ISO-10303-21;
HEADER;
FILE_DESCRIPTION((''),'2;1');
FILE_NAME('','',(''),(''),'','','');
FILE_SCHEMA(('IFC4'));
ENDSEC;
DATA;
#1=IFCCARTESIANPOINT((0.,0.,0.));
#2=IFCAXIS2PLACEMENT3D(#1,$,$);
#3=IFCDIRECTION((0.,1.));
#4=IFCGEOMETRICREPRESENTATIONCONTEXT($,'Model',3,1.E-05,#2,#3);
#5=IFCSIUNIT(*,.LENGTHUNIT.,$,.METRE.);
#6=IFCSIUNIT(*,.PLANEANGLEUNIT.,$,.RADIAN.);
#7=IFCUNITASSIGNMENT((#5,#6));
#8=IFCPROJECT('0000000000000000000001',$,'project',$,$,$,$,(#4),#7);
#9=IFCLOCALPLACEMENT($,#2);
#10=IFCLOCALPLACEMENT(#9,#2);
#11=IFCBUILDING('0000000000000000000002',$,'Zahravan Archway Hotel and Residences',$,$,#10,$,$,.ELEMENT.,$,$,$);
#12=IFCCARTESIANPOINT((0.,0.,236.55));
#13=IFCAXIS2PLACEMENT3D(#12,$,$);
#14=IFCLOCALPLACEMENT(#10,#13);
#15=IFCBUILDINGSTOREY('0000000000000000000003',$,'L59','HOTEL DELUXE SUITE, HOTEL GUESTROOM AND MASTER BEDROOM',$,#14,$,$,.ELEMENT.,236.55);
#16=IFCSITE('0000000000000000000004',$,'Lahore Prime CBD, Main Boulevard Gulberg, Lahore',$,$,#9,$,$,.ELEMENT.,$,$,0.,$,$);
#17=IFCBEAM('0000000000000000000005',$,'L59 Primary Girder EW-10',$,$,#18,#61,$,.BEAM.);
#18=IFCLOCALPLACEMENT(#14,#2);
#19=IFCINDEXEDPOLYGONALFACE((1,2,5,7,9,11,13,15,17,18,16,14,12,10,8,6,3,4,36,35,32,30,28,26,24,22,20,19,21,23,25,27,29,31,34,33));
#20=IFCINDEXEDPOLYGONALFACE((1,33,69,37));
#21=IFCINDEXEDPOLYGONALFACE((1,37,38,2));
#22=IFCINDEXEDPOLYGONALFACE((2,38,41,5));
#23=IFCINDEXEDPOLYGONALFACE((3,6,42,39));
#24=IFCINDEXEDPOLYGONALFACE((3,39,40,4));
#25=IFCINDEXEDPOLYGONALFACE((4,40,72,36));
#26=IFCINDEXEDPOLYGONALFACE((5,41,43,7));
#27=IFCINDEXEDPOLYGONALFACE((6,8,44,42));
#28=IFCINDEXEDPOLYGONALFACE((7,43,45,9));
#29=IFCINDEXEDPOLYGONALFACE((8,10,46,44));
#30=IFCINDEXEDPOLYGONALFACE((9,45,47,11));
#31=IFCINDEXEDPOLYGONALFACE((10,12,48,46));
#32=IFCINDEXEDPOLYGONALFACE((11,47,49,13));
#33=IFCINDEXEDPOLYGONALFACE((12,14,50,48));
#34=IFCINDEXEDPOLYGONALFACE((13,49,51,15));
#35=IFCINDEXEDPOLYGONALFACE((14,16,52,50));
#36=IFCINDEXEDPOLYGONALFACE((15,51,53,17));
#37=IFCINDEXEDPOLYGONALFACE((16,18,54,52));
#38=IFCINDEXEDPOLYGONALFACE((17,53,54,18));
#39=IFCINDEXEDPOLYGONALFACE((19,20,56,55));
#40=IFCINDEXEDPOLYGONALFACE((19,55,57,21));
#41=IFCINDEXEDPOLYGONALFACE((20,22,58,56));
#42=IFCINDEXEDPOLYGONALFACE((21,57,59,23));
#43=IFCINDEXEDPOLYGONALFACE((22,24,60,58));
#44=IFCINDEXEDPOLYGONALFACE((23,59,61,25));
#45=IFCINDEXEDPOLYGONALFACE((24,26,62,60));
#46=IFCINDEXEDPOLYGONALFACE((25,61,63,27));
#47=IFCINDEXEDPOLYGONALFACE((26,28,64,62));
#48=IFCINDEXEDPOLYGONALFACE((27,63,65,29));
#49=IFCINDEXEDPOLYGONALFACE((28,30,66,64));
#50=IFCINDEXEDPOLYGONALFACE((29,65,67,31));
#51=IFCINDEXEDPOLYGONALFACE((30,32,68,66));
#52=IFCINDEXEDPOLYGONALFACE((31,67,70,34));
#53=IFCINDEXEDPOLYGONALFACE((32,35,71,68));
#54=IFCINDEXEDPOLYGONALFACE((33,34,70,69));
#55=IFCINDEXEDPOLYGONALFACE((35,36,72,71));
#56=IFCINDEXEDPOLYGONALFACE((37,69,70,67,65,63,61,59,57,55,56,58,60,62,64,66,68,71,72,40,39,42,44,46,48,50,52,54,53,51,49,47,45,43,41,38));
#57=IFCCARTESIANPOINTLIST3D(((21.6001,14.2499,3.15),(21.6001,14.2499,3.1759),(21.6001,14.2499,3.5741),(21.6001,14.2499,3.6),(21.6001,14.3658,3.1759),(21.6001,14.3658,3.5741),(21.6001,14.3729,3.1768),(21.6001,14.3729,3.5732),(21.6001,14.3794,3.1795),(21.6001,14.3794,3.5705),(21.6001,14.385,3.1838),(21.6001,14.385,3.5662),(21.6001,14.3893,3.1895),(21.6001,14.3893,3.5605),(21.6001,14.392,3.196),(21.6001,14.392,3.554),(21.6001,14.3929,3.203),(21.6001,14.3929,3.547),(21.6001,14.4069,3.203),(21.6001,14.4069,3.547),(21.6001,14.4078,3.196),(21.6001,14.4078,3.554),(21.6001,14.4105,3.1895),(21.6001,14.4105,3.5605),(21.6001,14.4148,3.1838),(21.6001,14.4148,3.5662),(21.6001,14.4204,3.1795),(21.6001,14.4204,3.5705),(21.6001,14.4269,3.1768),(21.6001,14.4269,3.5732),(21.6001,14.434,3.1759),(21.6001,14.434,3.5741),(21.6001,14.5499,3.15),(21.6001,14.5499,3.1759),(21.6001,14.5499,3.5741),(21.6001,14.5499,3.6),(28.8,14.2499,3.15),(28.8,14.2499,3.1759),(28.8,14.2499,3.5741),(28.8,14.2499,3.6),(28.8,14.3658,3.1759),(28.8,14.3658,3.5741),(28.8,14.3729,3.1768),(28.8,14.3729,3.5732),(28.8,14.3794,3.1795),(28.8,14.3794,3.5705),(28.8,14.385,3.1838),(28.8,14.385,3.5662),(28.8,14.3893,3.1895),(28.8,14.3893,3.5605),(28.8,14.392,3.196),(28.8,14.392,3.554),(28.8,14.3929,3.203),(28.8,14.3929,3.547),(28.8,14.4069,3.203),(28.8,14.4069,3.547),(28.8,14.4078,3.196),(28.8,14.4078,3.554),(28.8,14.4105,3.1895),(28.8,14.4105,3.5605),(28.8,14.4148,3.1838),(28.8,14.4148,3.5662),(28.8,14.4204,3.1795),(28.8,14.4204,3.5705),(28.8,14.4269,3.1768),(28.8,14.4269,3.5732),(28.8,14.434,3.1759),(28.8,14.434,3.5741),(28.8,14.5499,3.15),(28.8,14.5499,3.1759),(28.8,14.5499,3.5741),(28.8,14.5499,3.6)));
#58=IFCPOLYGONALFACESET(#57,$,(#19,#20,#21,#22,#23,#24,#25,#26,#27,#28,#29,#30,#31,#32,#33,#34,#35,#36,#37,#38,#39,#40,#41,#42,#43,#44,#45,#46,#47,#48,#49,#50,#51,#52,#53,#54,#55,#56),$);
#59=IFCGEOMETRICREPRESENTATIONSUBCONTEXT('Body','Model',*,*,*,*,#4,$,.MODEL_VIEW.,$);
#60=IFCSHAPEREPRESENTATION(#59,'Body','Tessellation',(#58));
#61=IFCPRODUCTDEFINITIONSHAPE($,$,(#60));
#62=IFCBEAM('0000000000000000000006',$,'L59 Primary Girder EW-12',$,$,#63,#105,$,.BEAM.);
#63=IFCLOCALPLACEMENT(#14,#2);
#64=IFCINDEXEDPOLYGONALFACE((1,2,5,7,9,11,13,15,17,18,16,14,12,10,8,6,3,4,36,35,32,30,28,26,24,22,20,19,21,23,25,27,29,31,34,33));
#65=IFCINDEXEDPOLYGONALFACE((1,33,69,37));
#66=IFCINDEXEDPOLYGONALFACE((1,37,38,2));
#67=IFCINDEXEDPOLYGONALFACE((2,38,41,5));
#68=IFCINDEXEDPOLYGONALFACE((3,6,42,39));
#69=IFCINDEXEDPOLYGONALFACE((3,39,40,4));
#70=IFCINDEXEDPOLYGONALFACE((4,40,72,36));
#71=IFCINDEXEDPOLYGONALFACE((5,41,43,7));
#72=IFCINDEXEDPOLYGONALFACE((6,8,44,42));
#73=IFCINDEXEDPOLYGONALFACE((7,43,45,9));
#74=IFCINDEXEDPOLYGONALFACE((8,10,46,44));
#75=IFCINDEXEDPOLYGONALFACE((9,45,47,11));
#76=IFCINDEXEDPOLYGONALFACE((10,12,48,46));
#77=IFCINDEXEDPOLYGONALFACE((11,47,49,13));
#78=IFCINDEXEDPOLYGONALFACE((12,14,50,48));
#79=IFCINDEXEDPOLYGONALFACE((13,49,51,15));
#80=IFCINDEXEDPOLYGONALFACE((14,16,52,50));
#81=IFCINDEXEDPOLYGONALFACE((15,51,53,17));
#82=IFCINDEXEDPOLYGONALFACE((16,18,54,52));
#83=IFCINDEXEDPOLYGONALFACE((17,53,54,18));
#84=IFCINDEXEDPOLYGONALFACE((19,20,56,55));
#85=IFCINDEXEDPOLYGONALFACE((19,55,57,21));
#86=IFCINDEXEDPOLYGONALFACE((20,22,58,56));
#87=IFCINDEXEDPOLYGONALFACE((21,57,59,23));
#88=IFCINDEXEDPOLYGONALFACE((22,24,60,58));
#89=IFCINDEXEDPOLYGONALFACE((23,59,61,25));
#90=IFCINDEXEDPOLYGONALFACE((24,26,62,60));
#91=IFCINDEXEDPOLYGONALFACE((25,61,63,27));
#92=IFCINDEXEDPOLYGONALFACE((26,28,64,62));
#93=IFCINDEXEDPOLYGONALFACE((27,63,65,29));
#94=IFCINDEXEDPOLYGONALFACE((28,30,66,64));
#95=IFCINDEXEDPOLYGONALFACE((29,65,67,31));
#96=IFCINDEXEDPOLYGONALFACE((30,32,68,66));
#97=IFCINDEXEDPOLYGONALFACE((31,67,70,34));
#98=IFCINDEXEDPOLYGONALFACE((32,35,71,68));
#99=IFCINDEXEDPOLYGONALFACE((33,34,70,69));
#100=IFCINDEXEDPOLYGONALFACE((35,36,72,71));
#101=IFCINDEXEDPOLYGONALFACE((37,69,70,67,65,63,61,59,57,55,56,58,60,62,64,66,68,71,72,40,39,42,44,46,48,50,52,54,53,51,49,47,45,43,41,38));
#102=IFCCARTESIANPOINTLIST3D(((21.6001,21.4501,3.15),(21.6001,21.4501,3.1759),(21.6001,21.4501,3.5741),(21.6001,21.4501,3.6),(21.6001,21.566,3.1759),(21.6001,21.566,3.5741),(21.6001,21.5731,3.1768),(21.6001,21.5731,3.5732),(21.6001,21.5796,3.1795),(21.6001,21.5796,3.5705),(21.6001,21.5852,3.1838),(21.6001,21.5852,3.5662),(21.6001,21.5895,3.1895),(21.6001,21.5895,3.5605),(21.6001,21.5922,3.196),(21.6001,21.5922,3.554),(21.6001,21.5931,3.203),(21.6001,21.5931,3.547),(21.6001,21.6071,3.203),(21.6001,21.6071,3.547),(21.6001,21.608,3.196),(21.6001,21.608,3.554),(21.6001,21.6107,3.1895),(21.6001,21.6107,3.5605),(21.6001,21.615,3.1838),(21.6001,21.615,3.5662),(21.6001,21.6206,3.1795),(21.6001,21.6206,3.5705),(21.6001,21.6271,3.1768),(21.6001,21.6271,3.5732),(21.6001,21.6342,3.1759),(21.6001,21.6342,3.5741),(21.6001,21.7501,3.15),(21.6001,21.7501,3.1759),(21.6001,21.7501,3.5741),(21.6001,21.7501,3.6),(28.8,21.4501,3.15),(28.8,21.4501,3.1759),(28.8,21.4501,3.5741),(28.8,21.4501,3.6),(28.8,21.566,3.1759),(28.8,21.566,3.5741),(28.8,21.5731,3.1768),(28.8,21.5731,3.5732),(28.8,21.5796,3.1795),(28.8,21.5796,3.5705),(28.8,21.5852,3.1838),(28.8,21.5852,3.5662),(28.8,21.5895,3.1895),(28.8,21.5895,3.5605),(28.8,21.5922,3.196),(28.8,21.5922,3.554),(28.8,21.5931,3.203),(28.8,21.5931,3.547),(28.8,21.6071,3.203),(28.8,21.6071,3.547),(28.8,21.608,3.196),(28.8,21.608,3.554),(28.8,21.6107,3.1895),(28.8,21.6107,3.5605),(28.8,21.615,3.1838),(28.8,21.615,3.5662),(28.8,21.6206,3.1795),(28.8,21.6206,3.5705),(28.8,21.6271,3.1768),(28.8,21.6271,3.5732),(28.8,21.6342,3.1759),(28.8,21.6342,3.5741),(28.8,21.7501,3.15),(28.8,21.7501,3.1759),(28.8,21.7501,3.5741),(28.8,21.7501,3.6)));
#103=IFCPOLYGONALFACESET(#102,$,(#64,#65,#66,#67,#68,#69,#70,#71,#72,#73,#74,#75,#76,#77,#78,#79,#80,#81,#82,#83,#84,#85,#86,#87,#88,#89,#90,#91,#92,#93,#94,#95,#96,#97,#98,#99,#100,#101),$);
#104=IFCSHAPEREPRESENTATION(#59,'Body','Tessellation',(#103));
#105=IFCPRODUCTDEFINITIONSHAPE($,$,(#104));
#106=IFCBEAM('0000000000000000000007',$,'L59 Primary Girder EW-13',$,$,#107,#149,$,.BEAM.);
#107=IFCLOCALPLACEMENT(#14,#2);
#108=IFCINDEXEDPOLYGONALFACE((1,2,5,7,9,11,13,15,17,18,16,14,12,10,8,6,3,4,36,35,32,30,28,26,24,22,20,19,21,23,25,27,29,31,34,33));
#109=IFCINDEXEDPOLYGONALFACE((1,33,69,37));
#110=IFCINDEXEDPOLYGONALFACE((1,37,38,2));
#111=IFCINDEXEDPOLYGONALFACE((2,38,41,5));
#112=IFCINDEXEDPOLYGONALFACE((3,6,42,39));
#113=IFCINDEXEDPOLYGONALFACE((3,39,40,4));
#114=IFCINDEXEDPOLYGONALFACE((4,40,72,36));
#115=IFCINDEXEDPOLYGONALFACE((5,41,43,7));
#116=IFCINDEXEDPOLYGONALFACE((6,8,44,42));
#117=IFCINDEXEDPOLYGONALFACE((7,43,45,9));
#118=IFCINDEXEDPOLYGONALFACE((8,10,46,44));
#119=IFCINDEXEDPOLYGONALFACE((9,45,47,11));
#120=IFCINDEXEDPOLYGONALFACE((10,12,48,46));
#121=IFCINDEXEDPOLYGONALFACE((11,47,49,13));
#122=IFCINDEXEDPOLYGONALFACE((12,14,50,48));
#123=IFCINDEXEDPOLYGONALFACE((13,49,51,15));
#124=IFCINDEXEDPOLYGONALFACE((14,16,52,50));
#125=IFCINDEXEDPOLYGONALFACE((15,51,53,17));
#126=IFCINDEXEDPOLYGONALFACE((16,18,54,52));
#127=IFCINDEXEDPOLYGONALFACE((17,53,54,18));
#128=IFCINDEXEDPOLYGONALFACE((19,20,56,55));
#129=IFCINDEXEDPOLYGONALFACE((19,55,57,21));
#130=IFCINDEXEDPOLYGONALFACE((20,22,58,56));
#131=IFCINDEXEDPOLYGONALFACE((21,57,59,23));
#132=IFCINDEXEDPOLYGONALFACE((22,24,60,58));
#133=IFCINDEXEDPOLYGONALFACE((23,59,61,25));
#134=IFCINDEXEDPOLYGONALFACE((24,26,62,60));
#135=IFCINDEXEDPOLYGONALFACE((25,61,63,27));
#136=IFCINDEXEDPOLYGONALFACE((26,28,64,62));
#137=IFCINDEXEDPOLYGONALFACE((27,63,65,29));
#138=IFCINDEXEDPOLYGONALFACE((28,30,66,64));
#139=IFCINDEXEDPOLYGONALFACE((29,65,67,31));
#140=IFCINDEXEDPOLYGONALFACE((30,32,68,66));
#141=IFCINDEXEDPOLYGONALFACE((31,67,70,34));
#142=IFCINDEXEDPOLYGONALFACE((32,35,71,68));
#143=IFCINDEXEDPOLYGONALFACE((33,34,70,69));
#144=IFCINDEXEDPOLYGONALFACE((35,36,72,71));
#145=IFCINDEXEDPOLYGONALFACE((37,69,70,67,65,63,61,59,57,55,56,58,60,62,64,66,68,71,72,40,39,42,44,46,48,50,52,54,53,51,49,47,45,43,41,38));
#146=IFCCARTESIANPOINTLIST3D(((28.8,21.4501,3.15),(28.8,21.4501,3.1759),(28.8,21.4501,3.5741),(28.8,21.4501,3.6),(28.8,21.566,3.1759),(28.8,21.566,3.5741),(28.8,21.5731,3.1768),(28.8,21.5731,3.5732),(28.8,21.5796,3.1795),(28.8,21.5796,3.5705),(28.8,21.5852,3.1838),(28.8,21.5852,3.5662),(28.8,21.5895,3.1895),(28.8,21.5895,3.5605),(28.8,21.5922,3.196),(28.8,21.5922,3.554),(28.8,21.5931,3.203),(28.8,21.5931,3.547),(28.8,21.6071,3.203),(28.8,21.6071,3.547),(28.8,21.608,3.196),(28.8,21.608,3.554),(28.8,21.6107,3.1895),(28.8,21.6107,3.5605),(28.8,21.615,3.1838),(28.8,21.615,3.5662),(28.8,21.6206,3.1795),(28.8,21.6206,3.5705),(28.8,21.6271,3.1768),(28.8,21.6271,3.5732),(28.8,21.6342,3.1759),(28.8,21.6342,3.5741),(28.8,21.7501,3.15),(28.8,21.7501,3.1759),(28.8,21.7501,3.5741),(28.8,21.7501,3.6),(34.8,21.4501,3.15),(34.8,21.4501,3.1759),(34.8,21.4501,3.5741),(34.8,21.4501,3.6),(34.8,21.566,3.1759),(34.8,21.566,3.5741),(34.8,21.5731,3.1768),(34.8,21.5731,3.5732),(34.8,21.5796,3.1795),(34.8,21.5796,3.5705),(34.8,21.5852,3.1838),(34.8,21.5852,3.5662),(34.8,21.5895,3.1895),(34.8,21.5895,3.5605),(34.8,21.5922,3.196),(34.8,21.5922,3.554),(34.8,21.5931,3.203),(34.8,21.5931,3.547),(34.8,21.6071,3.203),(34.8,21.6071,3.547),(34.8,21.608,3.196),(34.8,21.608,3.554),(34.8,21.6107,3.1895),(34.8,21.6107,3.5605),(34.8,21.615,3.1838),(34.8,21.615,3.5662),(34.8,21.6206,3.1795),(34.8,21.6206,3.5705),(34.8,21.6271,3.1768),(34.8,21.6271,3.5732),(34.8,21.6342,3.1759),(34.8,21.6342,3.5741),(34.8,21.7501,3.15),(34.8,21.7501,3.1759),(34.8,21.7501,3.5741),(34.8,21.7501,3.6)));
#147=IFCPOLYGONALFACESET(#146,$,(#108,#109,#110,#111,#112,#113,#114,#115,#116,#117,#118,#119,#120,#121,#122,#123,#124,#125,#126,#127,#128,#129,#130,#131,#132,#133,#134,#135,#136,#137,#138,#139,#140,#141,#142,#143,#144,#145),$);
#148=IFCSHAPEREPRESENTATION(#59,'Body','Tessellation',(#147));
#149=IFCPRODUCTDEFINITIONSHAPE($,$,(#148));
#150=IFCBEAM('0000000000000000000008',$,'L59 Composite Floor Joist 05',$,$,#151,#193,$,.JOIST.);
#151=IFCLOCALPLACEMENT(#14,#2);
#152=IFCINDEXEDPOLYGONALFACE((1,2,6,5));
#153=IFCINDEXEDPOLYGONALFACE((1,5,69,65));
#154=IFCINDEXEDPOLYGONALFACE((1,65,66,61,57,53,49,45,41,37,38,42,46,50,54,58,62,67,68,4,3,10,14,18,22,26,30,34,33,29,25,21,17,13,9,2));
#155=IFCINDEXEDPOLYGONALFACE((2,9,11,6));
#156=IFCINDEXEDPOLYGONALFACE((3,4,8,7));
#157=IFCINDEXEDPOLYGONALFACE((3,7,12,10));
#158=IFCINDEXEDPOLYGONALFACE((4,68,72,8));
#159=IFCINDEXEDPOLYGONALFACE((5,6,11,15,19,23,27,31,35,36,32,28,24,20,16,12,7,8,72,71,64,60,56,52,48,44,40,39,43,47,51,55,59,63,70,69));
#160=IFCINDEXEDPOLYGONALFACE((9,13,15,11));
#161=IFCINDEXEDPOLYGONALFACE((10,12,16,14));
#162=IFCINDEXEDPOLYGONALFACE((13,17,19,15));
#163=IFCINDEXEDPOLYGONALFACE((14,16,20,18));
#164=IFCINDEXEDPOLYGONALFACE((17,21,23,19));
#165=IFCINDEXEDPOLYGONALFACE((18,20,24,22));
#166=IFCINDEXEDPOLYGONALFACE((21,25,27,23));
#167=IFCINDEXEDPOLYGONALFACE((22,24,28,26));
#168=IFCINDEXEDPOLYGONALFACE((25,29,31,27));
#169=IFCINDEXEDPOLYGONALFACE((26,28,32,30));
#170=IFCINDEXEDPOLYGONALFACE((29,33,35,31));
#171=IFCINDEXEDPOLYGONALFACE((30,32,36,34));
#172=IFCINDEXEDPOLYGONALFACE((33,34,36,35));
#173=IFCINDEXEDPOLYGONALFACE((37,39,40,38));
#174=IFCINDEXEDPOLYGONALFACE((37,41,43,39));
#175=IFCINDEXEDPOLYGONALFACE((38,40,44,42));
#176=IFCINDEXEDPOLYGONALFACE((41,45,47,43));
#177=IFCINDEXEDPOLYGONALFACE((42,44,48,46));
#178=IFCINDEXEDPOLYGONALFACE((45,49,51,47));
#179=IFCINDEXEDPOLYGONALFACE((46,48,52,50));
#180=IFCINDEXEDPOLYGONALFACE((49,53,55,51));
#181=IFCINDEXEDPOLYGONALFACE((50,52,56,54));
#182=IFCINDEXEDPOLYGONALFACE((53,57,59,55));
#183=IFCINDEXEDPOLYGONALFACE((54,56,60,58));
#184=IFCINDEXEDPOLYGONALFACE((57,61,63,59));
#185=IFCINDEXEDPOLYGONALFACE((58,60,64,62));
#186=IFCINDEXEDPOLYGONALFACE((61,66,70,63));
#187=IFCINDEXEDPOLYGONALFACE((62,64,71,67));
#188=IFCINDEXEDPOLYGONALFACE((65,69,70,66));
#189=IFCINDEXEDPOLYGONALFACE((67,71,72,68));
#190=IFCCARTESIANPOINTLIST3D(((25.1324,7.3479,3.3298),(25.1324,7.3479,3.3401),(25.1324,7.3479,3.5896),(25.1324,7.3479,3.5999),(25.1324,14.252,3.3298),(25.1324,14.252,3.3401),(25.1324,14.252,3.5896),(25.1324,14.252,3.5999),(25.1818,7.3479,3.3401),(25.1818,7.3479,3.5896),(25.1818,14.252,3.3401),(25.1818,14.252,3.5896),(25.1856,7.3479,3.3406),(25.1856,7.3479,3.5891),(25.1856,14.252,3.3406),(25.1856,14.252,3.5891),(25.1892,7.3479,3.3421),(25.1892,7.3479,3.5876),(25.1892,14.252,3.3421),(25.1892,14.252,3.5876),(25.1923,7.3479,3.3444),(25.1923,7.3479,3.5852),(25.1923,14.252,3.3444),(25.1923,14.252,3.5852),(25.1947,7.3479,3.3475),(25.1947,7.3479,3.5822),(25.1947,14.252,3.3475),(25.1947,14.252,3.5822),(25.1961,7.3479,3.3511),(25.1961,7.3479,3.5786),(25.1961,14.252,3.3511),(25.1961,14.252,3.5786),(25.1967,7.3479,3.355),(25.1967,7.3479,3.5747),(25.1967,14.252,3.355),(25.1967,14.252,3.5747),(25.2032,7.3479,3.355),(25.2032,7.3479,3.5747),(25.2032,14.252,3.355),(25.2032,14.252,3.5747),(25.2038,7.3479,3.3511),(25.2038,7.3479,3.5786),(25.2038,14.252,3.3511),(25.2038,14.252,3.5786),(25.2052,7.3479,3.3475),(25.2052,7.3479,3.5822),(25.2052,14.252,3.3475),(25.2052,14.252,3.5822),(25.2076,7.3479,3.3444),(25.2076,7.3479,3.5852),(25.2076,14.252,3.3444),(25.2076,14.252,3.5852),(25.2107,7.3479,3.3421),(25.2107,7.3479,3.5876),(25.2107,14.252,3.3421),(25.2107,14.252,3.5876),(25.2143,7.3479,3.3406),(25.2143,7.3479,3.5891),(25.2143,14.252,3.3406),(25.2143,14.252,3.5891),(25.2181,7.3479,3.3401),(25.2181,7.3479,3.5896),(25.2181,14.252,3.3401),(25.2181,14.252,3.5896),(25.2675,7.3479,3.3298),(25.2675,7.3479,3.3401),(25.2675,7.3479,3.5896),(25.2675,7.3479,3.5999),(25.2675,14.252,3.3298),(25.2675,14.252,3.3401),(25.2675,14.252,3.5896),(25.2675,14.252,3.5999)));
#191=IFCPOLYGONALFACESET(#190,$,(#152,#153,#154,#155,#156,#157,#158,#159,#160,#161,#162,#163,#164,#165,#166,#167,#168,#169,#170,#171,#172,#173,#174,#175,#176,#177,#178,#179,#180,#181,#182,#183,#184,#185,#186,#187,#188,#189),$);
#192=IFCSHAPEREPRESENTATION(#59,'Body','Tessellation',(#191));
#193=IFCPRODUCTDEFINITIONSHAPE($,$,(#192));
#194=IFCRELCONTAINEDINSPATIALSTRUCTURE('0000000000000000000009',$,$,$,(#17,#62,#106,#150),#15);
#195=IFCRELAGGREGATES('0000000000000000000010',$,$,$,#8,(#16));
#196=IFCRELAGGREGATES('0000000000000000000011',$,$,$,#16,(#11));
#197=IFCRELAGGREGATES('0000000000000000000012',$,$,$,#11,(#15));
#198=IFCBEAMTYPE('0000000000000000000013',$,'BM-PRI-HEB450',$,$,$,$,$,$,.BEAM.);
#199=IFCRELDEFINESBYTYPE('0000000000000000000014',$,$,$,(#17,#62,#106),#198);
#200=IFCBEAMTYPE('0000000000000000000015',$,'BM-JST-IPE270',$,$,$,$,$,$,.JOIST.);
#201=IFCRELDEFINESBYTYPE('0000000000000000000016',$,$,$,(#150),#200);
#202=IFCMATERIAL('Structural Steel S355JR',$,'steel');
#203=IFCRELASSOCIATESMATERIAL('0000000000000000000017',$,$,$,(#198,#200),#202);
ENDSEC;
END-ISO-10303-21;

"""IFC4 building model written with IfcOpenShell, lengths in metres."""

from ifc_helpers import new_model, si_unit, direction, frame, origin, origin_2d, place, context, subcontext, project, spatial, i_section, extrude, source, transform, mapped, material, material_profile, profile_set, type_object, type_shapes, element, save


model = new_model("IFC4")

# Units and contexts
model_context = context("Model", 3, precision=1e-05, world=origin(), true_north=direction((0.0, 1.0)))
body_context = subcontext(model_context, "Body", "Model", "MODEL_VIEW")
ifc_project = project(units=[si_unit("LENGTHUNIT", "METRE"), si_unit("PLANEANGLEUNIT", "RADIAN")], contexts=[model_context])

# Site, building, storey
site_placement = place(None, origin())
site = spatial("IfcSite", under=ifc_project, at=site_placement, Name="Lahore Prime CBD, Main Boulevard Gulberg, Lahore", CompositionType="ELEMENT", RefElevation=0.0)
building_placement = place(site_placement, origin())
building = spatial("IfcBuilding", under=site, at=building_placement, Name="Zahravan Archway Hotel and Residences", CompositionType="ELEMENT")
storey_placement = place(building_placement, frame((0.0, 0.0, 236.55)))
storey = spatial("IfcBuildingStorey", under=building, at=storey_placement, Name="L59", Description="HOTEL DELUXE SUITE, HOTEL GUESTROOM AND MASTER BEDROOM", CompositionType="ELEMENT", Elevation=236.55)

# Beams
ifc_material_1 = material(Name="Structural Steel S355JR", Category="steel")
ifc_material_profile_1 = material_profile(ifc_material_1, i_section(OverallWidth=0.3, OverallDepth=0.45, WebThickness=0.0139, FlangeThickness=0.0259, FilletRadius=0.0271, at=origin_2d()), Name="HEB 450", Category="steel")
ifc_profile_set_1 = profile_set([ifc_material_profile_1], Name="Structural Steel S355JR")
beam_type_1 = type_object("IfcBeamType", Name="BM-PRI-HEB450", PredefinedType="BEAM", material=ifc_profile_set_1)
shared_shape_1 = source(origin(), body_context, "Body", "SweptSolid", [
    extrude(i_section(OverallWidth=0.3, OverallDepth=0.45, WebThickness=0.0139, FlangeThickness=0.0259, FilletRadius=0.0271, at=origin_2d()), origin(), (0.0, 0.0, 1.0), 7.2),
])
for number, where, z_axis, x_axis, name in (
    (1, (21.6001, 14.3999, 3.375), (1.0, 0.0, 0.0), (0.0, 1.0, 0.0), "L59 Primary Girder EW-10"),
    (2, (21.6001, 21.6001, 3.375), (1.0, 0.0, 0.0), (0.0, 1.0, 0.0), "L59 Primary Girder EW-12"),
):
    element("IfcBeam", number, at=place(storey_placement, frame(where, z_axis=z_axis, x_axis=x_axis)), inside=storey, type_object=beam_type_1, Name=name, PredefinedType="BEAM", context=body_context, shape_type="MappedRepresentation", body=[
        mapped(shared_shape_1, transform((0.0, 0.0, 0.0), scale=1.0)),
    ])
shared_shape_2 = source(origin(), body_context, "Body", "SweptSolid", [
    extrude(i_section(OverallWidth=0.3, OverallDepth=0.45, WebThickness=0.0139, FlangeThickness=0.0259, FilletRadius=0.0271, at=origin_2d()), origin(), (0.0, 0.0, 1.0), 6.0),
])
beam_1_placement = place(storey_placement, frame((28.8, 21.6001, 3.375), z_axis=(1.0, 0.0, 0.0), x_axis=(0.0, 1.0, 0.0)))
element("IfcBeam", 3, at=beam_1_placement, inside=storey, type_object=beam_type_1, Name="L59 Primary Girder EW-13", PredefinedType="BEAM", context=body_context, shape_type="MappedRepresentation", body=[
    mapped(shared_shape_2, transform((0.0, 0.0, 0.0), scale=1.0)),
])
ifc_material_profile_2 = material_profile(ifc_material_1, i_section(OverallWidth=0.135, OverallDepth=0.27, WebThickness=0.0066, FlangeThickness=0.0103, FilletRadius=0.0149, at=origin_2d()), Name="IPE 270", Category="steel")
ifc_profile_set_2 = profile_set([ifc_material_profile_2], Name="Structural Steel S355JR")
beam_type_2 = type_object("IfcBeamType", Name="BM-JST-IPE270", PredefinedType="JOIST", material=ifc_profile_set_2)
shared_shape_3 = source(origin(), body_context, "Body", "SweptSolid", [
    extrude(i_section(OverallWidth=0.135, OverallDepth=0.27, WebThickness=0.0066, FlangeThickness=0.0103, FilletRadius=0.0149, at=origin_2d()), origin(), (0.0, 0.0, 1.0), 6.9041),
])
type_shapes(beam_type_2, [shared_shape_3])
beam_2_placement = place(storey_placement, frame((25.2, 7.3479, 3.4648), z_axis=(0.0, 1.0, 0.0), x_axis=(-1.0, 0.0, 0.0)))
element("IfcBeam", 4, at=beam_2_placement, inside=storey, type_object=beam_type_2, Name="L59 Composite Floor Joist 05", PredefinedType="JOIST", context=body_context, shape_type="MappedRepresentation", body=[
    mapped(shared_shape_3, transform((0.0, 0.0, 0.0), scale=1.0)),
])

save(model, "model.ifc")
